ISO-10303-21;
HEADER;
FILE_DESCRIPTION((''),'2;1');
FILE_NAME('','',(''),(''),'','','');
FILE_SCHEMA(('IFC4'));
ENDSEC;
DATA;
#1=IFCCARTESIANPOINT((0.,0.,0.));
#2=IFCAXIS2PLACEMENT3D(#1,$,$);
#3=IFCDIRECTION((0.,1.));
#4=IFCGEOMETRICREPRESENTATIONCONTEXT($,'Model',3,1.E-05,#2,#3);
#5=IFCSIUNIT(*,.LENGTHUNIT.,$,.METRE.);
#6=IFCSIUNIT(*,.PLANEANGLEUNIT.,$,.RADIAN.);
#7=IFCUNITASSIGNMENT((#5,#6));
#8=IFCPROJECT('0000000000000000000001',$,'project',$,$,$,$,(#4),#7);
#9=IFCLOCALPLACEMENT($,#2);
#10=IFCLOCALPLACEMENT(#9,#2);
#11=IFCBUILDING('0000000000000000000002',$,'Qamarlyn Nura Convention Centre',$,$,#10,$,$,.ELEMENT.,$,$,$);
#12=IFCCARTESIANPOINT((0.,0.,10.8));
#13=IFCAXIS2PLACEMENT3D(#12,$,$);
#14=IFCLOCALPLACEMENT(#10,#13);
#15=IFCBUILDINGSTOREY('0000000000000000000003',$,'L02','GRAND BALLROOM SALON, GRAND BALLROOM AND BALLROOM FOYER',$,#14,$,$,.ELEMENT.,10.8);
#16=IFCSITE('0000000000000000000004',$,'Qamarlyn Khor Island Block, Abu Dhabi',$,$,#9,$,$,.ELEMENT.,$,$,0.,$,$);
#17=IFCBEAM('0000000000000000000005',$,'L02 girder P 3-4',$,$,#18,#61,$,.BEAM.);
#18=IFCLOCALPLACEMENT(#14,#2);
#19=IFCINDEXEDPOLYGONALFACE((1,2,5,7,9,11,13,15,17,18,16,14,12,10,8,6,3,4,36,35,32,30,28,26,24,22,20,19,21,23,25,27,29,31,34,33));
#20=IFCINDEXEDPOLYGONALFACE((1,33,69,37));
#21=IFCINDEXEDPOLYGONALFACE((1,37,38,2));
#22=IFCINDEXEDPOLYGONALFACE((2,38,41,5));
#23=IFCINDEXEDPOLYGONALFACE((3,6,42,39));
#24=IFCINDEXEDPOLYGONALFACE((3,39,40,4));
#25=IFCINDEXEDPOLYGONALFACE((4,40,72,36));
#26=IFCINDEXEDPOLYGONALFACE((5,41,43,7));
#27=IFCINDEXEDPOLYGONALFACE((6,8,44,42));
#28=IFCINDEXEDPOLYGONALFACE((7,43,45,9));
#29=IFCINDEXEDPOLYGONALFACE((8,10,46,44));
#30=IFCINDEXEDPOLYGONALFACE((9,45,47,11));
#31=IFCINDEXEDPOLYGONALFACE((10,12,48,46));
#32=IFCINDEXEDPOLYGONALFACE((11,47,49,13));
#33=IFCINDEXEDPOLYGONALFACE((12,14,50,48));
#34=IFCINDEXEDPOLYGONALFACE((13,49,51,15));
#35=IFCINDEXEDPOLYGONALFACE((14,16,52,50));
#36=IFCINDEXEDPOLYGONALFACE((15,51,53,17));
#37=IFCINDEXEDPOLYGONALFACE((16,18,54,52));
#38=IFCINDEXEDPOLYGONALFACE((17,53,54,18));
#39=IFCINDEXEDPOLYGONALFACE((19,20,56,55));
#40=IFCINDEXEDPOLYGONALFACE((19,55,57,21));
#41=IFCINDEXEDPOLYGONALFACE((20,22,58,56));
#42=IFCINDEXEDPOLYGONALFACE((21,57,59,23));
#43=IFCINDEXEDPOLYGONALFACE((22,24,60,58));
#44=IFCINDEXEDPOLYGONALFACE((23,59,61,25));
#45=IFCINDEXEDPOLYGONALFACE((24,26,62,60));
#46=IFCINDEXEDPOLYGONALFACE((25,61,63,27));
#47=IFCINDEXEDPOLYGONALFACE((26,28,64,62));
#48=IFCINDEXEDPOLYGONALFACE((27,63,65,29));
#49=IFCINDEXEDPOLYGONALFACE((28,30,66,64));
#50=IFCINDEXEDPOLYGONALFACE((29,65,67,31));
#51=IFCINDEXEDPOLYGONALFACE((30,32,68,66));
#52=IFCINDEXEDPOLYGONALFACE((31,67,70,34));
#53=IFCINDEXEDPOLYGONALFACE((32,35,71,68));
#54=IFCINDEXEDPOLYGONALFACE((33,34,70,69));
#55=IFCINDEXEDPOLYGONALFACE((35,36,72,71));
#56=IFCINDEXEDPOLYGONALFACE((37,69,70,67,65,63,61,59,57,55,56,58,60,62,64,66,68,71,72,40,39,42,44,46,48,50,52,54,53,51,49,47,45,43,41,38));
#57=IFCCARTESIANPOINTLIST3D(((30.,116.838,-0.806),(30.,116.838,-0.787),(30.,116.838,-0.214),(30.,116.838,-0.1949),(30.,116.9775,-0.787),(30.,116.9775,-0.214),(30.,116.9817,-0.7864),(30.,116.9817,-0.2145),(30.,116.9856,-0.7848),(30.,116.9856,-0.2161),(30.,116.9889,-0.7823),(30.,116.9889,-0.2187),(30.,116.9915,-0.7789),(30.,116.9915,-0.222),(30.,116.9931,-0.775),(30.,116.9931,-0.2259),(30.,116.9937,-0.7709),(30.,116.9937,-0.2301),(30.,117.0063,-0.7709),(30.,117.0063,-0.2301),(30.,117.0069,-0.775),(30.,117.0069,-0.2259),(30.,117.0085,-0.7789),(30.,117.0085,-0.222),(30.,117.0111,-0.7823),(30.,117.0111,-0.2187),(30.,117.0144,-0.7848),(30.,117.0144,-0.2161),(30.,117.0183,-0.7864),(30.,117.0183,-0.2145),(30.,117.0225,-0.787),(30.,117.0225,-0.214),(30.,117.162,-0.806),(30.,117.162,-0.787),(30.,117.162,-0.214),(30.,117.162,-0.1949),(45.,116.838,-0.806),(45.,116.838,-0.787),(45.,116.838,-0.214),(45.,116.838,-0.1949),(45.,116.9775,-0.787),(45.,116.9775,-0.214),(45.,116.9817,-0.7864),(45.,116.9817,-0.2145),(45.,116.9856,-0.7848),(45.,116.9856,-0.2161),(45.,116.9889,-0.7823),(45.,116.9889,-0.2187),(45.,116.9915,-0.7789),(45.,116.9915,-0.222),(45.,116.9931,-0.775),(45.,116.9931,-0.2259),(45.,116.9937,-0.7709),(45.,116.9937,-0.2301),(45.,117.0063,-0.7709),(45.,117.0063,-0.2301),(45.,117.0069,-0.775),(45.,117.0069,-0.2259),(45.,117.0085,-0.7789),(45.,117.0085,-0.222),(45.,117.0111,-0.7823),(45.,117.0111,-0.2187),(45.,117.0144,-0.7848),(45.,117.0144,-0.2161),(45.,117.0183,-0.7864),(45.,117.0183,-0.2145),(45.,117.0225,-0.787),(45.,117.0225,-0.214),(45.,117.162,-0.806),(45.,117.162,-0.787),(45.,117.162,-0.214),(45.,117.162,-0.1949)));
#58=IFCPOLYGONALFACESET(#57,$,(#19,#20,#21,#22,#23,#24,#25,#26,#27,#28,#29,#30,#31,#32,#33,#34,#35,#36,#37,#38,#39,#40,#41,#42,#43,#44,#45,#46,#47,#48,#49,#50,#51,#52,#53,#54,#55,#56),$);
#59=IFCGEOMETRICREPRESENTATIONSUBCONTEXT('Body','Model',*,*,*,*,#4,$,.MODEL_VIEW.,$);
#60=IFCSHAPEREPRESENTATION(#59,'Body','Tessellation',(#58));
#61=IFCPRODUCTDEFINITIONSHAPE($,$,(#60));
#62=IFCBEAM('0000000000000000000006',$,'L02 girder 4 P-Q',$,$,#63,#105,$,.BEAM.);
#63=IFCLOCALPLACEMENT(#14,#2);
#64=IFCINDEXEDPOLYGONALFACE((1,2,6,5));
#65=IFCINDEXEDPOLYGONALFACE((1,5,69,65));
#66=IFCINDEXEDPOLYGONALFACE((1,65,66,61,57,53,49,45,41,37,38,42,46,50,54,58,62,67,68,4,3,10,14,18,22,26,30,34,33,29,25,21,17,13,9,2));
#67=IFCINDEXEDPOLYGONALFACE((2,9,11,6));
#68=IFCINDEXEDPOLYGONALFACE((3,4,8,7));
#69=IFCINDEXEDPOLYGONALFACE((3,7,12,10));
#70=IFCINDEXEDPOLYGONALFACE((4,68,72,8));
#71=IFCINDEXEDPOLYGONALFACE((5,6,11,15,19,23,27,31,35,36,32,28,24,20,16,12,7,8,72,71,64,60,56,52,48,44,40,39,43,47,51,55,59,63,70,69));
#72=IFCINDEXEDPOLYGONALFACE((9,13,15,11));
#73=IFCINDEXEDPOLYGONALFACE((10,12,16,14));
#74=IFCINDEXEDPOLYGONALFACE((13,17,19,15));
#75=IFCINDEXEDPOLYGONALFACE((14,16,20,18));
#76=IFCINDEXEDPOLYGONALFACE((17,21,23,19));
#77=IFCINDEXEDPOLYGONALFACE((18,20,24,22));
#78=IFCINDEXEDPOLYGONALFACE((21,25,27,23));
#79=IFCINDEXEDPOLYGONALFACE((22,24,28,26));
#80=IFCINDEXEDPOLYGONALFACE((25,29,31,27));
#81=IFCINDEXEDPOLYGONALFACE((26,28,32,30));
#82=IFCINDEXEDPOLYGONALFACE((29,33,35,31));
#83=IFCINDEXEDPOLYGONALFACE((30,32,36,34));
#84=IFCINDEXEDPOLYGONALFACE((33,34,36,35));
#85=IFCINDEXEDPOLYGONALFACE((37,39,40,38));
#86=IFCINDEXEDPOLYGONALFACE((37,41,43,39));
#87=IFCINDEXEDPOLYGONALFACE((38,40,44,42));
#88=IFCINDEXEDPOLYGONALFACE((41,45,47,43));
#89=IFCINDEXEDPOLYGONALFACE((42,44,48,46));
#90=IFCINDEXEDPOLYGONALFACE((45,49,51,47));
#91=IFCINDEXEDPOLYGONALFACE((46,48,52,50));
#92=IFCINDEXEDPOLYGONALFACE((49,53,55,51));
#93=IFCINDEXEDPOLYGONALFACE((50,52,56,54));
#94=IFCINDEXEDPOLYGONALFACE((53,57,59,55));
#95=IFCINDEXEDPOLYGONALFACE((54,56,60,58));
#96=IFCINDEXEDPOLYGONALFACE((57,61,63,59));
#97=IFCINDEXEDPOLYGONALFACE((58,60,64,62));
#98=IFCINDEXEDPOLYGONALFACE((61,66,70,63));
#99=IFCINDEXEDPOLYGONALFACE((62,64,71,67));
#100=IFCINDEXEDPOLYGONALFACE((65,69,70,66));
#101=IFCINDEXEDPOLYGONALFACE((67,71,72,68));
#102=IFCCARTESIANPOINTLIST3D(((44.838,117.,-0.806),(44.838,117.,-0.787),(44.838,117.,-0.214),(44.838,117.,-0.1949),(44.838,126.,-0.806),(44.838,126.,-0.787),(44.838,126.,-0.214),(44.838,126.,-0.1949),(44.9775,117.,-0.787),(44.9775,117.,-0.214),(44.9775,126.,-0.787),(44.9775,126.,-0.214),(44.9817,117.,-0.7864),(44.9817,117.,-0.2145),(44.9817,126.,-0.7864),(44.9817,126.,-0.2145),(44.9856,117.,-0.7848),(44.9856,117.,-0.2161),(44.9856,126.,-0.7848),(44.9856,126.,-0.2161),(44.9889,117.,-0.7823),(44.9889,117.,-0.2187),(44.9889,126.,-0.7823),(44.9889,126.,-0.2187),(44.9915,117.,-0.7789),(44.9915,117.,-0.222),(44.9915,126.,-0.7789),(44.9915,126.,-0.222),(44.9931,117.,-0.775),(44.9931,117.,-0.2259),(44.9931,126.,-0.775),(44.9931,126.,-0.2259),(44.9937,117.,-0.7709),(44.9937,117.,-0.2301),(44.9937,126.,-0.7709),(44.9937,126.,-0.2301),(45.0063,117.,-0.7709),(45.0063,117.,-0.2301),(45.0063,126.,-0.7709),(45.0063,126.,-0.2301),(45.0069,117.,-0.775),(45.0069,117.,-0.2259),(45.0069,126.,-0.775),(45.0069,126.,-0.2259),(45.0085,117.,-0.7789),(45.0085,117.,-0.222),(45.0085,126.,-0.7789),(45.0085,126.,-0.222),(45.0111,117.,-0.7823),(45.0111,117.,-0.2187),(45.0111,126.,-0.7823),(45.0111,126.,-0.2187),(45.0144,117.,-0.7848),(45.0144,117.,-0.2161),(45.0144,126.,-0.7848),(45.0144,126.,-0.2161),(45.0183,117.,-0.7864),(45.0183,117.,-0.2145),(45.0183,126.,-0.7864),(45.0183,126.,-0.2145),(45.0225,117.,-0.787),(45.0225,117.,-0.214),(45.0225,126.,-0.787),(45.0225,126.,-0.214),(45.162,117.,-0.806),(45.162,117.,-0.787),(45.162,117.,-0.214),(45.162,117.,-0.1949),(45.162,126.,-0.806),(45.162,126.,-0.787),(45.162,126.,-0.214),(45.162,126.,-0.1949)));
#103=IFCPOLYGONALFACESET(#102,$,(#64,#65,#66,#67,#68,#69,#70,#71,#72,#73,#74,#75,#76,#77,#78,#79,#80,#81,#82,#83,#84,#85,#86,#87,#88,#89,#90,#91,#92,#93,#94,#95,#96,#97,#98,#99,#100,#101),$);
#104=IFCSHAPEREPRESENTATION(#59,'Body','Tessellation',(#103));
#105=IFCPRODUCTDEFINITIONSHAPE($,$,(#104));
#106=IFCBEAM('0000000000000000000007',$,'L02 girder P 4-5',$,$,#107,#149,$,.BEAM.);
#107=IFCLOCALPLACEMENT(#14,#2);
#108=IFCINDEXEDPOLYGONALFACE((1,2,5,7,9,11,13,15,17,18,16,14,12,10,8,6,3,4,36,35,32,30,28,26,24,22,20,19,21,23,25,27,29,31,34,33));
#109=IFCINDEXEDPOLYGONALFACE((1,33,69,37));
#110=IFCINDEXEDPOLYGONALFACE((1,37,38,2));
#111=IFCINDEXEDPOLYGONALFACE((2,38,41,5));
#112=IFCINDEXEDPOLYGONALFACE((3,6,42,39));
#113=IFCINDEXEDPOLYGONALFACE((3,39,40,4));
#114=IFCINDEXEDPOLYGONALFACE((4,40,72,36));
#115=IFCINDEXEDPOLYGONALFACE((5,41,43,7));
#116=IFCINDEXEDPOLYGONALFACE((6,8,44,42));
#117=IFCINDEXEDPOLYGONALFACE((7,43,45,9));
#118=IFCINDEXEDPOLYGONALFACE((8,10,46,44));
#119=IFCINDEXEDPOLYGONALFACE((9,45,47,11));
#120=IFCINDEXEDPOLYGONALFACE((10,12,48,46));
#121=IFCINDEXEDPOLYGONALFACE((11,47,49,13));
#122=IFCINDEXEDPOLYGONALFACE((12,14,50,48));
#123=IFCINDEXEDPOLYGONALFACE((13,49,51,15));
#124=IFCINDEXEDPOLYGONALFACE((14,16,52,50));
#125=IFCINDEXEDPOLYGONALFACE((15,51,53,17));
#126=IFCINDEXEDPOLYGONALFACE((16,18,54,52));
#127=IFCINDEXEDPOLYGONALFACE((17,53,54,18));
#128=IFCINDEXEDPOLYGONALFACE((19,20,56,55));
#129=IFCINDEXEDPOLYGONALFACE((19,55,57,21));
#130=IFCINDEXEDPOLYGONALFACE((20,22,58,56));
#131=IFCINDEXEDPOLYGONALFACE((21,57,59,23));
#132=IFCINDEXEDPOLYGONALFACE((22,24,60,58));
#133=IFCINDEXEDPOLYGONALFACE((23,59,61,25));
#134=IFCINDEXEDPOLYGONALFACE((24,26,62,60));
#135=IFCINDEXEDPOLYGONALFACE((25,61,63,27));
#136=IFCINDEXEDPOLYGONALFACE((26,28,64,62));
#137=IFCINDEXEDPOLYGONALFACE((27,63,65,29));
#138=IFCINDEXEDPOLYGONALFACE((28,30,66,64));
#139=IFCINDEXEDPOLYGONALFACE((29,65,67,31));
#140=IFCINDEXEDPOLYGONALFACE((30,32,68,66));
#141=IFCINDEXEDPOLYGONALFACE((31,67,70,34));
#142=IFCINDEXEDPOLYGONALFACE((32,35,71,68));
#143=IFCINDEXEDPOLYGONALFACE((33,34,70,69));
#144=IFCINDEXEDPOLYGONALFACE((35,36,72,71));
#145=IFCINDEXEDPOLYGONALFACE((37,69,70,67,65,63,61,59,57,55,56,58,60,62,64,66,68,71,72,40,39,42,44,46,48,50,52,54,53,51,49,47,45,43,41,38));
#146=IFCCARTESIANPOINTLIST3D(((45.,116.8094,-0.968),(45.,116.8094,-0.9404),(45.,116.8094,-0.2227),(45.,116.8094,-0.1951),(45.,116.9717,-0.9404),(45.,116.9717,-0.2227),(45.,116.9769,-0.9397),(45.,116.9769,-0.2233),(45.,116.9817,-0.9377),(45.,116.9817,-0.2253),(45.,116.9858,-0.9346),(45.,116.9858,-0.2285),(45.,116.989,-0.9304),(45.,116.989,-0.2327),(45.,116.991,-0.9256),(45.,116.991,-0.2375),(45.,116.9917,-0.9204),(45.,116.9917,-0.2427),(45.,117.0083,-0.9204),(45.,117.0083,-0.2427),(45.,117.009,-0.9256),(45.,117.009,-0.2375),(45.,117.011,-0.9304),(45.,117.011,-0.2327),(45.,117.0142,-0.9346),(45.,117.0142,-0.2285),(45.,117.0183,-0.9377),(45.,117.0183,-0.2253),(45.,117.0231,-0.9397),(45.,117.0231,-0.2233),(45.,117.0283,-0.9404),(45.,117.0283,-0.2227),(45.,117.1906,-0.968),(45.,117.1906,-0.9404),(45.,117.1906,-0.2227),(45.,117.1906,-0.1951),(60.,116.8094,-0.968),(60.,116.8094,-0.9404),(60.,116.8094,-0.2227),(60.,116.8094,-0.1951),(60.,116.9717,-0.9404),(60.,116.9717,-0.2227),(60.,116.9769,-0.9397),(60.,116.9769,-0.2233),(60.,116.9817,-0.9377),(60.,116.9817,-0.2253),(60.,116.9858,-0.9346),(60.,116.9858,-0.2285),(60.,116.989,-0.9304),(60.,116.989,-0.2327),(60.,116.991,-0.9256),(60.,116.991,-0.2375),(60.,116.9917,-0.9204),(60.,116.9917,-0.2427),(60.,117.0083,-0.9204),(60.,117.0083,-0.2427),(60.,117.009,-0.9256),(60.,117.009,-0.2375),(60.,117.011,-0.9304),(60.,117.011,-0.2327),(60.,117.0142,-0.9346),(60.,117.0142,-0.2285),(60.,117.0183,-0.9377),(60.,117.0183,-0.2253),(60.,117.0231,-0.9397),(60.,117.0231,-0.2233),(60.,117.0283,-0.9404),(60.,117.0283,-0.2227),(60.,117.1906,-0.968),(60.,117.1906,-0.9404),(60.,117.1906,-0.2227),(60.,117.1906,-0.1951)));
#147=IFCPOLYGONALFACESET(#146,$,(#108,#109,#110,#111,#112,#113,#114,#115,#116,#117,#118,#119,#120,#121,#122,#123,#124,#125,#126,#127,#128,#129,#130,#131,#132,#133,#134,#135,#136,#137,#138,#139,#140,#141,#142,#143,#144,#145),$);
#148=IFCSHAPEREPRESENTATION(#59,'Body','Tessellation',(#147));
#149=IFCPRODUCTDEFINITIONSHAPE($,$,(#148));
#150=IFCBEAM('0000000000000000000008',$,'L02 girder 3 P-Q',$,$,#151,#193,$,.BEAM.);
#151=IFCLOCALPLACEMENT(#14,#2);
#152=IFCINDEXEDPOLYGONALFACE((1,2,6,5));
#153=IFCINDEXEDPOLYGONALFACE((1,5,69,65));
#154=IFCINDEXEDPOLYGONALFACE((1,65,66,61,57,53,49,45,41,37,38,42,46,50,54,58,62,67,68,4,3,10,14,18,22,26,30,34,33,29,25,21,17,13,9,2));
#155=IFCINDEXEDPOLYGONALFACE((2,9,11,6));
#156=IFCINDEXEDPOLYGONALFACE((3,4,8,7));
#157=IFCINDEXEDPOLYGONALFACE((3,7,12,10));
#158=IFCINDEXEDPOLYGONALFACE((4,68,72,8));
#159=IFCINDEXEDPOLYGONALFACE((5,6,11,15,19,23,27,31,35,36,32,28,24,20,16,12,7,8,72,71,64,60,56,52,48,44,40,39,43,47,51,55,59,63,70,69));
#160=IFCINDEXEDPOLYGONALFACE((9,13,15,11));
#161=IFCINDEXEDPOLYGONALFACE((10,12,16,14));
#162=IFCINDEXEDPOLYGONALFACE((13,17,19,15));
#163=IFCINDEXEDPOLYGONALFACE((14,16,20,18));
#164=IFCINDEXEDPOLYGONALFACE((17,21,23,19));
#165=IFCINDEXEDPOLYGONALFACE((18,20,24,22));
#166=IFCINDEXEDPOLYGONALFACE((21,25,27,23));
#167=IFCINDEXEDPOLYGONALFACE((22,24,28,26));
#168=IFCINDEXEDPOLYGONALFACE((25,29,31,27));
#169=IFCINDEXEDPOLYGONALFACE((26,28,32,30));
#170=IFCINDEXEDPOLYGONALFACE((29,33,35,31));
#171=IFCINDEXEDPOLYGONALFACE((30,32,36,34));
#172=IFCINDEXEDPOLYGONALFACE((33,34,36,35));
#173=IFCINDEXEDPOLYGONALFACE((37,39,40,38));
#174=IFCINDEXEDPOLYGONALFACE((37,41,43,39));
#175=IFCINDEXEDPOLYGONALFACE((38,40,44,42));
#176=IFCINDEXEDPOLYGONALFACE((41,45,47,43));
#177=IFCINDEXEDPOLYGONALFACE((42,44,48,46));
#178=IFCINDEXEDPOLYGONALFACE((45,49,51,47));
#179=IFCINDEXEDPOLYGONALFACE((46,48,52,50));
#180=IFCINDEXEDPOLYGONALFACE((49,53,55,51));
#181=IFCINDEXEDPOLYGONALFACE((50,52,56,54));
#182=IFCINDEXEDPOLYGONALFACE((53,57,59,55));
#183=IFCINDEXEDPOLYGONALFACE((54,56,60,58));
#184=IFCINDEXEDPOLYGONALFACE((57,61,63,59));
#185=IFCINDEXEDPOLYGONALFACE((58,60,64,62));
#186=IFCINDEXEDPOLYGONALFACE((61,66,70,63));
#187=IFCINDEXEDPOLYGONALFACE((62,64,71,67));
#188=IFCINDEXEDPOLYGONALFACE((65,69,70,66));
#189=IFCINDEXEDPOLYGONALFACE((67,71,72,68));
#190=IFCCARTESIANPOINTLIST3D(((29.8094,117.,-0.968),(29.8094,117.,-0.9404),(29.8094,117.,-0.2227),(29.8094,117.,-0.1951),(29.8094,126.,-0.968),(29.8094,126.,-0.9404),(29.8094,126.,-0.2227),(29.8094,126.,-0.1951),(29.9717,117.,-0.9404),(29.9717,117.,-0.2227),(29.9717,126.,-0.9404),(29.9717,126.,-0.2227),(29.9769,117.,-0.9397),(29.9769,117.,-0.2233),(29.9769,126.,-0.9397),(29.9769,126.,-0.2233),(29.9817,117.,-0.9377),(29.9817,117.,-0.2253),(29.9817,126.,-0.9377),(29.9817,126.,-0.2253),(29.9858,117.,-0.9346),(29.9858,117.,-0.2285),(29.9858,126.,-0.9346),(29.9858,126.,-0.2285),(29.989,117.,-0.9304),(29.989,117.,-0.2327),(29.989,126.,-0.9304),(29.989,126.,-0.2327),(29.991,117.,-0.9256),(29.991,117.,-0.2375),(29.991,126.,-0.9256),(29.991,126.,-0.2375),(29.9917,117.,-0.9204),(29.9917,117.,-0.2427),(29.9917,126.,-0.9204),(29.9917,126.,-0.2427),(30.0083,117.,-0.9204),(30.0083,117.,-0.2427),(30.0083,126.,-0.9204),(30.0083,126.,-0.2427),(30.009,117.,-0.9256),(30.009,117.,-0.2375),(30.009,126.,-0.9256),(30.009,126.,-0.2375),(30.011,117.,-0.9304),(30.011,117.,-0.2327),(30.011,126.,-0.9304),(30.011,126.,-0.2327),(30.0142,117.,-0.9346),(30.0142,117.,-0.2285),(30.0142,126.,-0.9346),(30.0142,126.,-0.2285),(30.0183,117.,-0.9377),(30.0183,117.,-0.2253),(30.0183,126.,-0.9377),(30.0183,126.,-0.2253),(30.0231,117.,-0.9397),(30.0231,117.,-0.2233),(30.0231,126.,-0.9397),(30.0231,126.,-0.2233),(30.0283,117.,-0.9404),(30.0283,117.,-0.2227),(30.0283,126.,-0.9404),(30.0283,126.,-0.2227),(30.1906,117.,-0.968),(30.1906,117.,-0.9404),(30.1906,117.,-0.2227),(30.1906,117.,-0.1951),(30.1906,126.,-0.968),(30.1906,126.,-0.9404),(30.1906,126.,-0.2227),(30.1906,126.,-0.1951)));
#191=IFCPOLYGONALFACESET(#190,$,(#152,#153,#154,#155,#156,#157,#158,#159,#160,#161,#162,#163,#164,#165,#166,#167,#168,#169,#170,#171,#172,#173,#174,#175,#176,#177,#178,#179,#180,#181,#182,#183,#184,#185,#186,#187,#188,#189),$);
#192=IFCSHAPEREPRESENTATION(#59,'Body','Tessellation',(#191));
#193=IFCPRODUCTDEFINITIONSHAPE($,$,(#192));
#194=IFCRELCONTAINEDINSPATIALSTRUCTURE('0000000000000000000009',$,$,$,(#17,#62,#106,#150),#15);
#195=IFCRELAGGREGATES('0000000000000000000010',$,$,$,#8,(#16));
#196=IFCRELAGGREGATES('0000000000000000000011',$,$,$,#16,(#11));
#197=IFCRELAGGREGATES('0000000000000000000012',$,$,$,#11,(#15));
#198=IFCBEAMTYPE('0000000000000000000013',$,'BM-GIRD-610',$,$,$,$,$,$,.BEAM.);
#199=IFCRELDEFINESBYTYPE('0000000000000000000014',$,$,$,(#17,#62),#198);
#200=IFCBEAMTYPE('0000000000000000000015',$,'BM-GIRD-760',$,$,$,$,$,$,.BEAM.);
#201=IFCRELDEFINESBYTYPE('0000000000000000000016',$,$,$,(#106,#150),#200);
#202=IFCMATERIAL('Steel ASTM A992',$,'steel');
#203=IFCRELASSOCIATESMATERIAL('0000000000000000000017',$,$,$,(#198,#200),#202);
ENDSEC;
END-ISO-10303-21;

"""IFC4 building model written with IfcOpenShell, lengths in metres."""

from ifc_helpers import new_model, si_unit, direction, frame, origin, origin_2d, place, context, subcontext, project, spatial, i_section, extrude, material, material_profile, profile_set, type_object, element, save


model = new_model("IFC4")

# Units and contexts
model_context = context("Model", 3, precision=1e-05, world=origin(), true_north=direction((0.0, 1.0)))
body_context = subcontext(model_context, "Body", "Model", "MODEL_VIEW")
ifc_project = project(units=[si_unit("LENGTHUNIT", "METRE"), si_unit("PLANEANGLEUNIT", "RADIAN")], contexts=[model_context])

# Site, building, storey
site_placement = place(None, origin())
site = spatial("IfcSite", under=ifc_project, at=site_placement, Name="Qamarlyn Khor Island Block, Abu Dhabi", CompositionType="ELEMENT", RefElevation=0.0)
building_placement = place(site_placement, origin())
building = spatial("IfcBuilding", under=site, at=building_placement, Name="Qamarlyn Nura Convention Centre", CompositionType="ELEMENT")
storey_placement = place(building_placement, frame((0.0, 0.0, 10.8)))
storey = spatial("IfcBuildingStorey", under=building, at=storey_placement, Name="L02", Description="GRAND BALLROOM SALON, GRAND BALLROOM AND BALLROOM FOYER", CompositionType="ELEMENT", Elevation=10.8)

# Beams
ifc_material_1 = material(Name="Steel ASTM A992", Category="steel")
ifc_material_profile_1 = material_profile(ifc_material_1, i_section(OverallWidth=0.324, OverallDepth=0.6111, WebThickness=0.0127, FlangeThickness=0.019, FilletRadius=0.0161, at=origin_2d()), Name="W610X155")
ifc_profile_set_1 = profile_set([ifc_material_profile_1], Name="Steel ASTM A992")
beam_type_1 = type_object("IfcBeamType", Name="BM-GIRD-610", PredefinedType="BEAM", material=ifc_profile_set_1)
beam_1_placement = place(storey_placement, frame((30.0, 117.0, -0.5005), z_axis=(1.0, 0.0, 0.0), x_axis=(0.0, 1.0, 0.0)))
element("IfcBeam", 1, at=beam_1_placement, inside=storey, type_object=beam_type_1, Name="L02 girder P 3-4", PredefinedType="BEAM", context=body_context, shape_type="SweptSolid", body=[
    extrude(i_section(OverallWidth=0.324, OverallDepth=0.6111, WebThickness=0.0127, FlangeThickness=0.019, FilletRadius=0.0161, at=origin_2d()), origin(), (0.0, 0.0, 1.0), 15.0),
])
beam_2_placement = place(storey_placement, frame((45.0, 117.0, -0.5005), z_axis=(0.0, 1.0, 0.0), x_axis=(-1.0, 0.0, 0.0)))
element("IfcBeam", 2, at=beam_2_placement, inside=storey, type_object=beam_type_1, Name="L02 girder 4 P-Q", PredefinedType="BEAM", context=body_context, shape_type="SweptSolid", body=[
    extrude(i_section(OverallWidth=0.324, OverallDepth=0.6111, WebThickness=0.0127, FlangeThickness=0.019, FilletRadius=0.0161, at=origin_2d()), origin(), (0.0, 0.0, 1.0), 9.0),
])
ifc_material_profile_2 = material_profile(ifc_material_1, i_section(OverallWidth=0.3811, OverallDepth=0.7729, WebThickness=0.0166, FlangeThickness=0.0276, FilletRadius=0.02, at=origin_2d()), Name="W760X257")
ifc_profile_set_2 = profile_set([ifc_material_profile_2], Name="Steel ASTM A992")
beam_type_2 = type_object("IfcBeamType", Name="BM-GIRD-760", PredefinedType="BEAM", material=ifc_profile_set_2)
beam_3_placement = place(storey_placement, frame((45.0, 117.0, -0.5815), z_axis=(1.0, 0.0, 0.0), x_axis=(0.0, 1.0, 0.0)))
element("IfcBeam", 3, at=beam_3_placement, inside=storey, type_object=beam_type_2, Name="L02 girder P 4-5", PredefinedType="BEAM", context=body_context, shape_type="SweptSolid", body=[
    extrude(i_section(OverallWidth=0.3811, OverallDepth=0.7729, WebThickness=0.0166, FlangeThickness=0.0276, FilletRadius=0.02, at=origin_2d()), origin(), (0.0, 0.0, 1.0), 15.0),
])
beam_4_placement = place(storey_placement, frame((30.0, 117.0, -0.5815), z_axis=(0.0, 1.0, 0.0), x_axis=(-1.0, 0.0, 0.0)))
element("IfcBeam", 4, at=beam_4_placement, inside=storey, type_object=beam_type_2, Name="L02 girder 3 P-Q", PredefinedType="BEAM", context=body_context, shape_type="SweptSolid", body=[
    extrude(i_section(OverallWidth=0.3811, OverallDepth=0.7729, WebThickness=0.0166, FlangeThickness=0.0276, FilletRadius=0.02, at=origin_2d()), origin(), (0.0, 0.0, 1.0), 9.0),
])

save(model, "model.ifc")
